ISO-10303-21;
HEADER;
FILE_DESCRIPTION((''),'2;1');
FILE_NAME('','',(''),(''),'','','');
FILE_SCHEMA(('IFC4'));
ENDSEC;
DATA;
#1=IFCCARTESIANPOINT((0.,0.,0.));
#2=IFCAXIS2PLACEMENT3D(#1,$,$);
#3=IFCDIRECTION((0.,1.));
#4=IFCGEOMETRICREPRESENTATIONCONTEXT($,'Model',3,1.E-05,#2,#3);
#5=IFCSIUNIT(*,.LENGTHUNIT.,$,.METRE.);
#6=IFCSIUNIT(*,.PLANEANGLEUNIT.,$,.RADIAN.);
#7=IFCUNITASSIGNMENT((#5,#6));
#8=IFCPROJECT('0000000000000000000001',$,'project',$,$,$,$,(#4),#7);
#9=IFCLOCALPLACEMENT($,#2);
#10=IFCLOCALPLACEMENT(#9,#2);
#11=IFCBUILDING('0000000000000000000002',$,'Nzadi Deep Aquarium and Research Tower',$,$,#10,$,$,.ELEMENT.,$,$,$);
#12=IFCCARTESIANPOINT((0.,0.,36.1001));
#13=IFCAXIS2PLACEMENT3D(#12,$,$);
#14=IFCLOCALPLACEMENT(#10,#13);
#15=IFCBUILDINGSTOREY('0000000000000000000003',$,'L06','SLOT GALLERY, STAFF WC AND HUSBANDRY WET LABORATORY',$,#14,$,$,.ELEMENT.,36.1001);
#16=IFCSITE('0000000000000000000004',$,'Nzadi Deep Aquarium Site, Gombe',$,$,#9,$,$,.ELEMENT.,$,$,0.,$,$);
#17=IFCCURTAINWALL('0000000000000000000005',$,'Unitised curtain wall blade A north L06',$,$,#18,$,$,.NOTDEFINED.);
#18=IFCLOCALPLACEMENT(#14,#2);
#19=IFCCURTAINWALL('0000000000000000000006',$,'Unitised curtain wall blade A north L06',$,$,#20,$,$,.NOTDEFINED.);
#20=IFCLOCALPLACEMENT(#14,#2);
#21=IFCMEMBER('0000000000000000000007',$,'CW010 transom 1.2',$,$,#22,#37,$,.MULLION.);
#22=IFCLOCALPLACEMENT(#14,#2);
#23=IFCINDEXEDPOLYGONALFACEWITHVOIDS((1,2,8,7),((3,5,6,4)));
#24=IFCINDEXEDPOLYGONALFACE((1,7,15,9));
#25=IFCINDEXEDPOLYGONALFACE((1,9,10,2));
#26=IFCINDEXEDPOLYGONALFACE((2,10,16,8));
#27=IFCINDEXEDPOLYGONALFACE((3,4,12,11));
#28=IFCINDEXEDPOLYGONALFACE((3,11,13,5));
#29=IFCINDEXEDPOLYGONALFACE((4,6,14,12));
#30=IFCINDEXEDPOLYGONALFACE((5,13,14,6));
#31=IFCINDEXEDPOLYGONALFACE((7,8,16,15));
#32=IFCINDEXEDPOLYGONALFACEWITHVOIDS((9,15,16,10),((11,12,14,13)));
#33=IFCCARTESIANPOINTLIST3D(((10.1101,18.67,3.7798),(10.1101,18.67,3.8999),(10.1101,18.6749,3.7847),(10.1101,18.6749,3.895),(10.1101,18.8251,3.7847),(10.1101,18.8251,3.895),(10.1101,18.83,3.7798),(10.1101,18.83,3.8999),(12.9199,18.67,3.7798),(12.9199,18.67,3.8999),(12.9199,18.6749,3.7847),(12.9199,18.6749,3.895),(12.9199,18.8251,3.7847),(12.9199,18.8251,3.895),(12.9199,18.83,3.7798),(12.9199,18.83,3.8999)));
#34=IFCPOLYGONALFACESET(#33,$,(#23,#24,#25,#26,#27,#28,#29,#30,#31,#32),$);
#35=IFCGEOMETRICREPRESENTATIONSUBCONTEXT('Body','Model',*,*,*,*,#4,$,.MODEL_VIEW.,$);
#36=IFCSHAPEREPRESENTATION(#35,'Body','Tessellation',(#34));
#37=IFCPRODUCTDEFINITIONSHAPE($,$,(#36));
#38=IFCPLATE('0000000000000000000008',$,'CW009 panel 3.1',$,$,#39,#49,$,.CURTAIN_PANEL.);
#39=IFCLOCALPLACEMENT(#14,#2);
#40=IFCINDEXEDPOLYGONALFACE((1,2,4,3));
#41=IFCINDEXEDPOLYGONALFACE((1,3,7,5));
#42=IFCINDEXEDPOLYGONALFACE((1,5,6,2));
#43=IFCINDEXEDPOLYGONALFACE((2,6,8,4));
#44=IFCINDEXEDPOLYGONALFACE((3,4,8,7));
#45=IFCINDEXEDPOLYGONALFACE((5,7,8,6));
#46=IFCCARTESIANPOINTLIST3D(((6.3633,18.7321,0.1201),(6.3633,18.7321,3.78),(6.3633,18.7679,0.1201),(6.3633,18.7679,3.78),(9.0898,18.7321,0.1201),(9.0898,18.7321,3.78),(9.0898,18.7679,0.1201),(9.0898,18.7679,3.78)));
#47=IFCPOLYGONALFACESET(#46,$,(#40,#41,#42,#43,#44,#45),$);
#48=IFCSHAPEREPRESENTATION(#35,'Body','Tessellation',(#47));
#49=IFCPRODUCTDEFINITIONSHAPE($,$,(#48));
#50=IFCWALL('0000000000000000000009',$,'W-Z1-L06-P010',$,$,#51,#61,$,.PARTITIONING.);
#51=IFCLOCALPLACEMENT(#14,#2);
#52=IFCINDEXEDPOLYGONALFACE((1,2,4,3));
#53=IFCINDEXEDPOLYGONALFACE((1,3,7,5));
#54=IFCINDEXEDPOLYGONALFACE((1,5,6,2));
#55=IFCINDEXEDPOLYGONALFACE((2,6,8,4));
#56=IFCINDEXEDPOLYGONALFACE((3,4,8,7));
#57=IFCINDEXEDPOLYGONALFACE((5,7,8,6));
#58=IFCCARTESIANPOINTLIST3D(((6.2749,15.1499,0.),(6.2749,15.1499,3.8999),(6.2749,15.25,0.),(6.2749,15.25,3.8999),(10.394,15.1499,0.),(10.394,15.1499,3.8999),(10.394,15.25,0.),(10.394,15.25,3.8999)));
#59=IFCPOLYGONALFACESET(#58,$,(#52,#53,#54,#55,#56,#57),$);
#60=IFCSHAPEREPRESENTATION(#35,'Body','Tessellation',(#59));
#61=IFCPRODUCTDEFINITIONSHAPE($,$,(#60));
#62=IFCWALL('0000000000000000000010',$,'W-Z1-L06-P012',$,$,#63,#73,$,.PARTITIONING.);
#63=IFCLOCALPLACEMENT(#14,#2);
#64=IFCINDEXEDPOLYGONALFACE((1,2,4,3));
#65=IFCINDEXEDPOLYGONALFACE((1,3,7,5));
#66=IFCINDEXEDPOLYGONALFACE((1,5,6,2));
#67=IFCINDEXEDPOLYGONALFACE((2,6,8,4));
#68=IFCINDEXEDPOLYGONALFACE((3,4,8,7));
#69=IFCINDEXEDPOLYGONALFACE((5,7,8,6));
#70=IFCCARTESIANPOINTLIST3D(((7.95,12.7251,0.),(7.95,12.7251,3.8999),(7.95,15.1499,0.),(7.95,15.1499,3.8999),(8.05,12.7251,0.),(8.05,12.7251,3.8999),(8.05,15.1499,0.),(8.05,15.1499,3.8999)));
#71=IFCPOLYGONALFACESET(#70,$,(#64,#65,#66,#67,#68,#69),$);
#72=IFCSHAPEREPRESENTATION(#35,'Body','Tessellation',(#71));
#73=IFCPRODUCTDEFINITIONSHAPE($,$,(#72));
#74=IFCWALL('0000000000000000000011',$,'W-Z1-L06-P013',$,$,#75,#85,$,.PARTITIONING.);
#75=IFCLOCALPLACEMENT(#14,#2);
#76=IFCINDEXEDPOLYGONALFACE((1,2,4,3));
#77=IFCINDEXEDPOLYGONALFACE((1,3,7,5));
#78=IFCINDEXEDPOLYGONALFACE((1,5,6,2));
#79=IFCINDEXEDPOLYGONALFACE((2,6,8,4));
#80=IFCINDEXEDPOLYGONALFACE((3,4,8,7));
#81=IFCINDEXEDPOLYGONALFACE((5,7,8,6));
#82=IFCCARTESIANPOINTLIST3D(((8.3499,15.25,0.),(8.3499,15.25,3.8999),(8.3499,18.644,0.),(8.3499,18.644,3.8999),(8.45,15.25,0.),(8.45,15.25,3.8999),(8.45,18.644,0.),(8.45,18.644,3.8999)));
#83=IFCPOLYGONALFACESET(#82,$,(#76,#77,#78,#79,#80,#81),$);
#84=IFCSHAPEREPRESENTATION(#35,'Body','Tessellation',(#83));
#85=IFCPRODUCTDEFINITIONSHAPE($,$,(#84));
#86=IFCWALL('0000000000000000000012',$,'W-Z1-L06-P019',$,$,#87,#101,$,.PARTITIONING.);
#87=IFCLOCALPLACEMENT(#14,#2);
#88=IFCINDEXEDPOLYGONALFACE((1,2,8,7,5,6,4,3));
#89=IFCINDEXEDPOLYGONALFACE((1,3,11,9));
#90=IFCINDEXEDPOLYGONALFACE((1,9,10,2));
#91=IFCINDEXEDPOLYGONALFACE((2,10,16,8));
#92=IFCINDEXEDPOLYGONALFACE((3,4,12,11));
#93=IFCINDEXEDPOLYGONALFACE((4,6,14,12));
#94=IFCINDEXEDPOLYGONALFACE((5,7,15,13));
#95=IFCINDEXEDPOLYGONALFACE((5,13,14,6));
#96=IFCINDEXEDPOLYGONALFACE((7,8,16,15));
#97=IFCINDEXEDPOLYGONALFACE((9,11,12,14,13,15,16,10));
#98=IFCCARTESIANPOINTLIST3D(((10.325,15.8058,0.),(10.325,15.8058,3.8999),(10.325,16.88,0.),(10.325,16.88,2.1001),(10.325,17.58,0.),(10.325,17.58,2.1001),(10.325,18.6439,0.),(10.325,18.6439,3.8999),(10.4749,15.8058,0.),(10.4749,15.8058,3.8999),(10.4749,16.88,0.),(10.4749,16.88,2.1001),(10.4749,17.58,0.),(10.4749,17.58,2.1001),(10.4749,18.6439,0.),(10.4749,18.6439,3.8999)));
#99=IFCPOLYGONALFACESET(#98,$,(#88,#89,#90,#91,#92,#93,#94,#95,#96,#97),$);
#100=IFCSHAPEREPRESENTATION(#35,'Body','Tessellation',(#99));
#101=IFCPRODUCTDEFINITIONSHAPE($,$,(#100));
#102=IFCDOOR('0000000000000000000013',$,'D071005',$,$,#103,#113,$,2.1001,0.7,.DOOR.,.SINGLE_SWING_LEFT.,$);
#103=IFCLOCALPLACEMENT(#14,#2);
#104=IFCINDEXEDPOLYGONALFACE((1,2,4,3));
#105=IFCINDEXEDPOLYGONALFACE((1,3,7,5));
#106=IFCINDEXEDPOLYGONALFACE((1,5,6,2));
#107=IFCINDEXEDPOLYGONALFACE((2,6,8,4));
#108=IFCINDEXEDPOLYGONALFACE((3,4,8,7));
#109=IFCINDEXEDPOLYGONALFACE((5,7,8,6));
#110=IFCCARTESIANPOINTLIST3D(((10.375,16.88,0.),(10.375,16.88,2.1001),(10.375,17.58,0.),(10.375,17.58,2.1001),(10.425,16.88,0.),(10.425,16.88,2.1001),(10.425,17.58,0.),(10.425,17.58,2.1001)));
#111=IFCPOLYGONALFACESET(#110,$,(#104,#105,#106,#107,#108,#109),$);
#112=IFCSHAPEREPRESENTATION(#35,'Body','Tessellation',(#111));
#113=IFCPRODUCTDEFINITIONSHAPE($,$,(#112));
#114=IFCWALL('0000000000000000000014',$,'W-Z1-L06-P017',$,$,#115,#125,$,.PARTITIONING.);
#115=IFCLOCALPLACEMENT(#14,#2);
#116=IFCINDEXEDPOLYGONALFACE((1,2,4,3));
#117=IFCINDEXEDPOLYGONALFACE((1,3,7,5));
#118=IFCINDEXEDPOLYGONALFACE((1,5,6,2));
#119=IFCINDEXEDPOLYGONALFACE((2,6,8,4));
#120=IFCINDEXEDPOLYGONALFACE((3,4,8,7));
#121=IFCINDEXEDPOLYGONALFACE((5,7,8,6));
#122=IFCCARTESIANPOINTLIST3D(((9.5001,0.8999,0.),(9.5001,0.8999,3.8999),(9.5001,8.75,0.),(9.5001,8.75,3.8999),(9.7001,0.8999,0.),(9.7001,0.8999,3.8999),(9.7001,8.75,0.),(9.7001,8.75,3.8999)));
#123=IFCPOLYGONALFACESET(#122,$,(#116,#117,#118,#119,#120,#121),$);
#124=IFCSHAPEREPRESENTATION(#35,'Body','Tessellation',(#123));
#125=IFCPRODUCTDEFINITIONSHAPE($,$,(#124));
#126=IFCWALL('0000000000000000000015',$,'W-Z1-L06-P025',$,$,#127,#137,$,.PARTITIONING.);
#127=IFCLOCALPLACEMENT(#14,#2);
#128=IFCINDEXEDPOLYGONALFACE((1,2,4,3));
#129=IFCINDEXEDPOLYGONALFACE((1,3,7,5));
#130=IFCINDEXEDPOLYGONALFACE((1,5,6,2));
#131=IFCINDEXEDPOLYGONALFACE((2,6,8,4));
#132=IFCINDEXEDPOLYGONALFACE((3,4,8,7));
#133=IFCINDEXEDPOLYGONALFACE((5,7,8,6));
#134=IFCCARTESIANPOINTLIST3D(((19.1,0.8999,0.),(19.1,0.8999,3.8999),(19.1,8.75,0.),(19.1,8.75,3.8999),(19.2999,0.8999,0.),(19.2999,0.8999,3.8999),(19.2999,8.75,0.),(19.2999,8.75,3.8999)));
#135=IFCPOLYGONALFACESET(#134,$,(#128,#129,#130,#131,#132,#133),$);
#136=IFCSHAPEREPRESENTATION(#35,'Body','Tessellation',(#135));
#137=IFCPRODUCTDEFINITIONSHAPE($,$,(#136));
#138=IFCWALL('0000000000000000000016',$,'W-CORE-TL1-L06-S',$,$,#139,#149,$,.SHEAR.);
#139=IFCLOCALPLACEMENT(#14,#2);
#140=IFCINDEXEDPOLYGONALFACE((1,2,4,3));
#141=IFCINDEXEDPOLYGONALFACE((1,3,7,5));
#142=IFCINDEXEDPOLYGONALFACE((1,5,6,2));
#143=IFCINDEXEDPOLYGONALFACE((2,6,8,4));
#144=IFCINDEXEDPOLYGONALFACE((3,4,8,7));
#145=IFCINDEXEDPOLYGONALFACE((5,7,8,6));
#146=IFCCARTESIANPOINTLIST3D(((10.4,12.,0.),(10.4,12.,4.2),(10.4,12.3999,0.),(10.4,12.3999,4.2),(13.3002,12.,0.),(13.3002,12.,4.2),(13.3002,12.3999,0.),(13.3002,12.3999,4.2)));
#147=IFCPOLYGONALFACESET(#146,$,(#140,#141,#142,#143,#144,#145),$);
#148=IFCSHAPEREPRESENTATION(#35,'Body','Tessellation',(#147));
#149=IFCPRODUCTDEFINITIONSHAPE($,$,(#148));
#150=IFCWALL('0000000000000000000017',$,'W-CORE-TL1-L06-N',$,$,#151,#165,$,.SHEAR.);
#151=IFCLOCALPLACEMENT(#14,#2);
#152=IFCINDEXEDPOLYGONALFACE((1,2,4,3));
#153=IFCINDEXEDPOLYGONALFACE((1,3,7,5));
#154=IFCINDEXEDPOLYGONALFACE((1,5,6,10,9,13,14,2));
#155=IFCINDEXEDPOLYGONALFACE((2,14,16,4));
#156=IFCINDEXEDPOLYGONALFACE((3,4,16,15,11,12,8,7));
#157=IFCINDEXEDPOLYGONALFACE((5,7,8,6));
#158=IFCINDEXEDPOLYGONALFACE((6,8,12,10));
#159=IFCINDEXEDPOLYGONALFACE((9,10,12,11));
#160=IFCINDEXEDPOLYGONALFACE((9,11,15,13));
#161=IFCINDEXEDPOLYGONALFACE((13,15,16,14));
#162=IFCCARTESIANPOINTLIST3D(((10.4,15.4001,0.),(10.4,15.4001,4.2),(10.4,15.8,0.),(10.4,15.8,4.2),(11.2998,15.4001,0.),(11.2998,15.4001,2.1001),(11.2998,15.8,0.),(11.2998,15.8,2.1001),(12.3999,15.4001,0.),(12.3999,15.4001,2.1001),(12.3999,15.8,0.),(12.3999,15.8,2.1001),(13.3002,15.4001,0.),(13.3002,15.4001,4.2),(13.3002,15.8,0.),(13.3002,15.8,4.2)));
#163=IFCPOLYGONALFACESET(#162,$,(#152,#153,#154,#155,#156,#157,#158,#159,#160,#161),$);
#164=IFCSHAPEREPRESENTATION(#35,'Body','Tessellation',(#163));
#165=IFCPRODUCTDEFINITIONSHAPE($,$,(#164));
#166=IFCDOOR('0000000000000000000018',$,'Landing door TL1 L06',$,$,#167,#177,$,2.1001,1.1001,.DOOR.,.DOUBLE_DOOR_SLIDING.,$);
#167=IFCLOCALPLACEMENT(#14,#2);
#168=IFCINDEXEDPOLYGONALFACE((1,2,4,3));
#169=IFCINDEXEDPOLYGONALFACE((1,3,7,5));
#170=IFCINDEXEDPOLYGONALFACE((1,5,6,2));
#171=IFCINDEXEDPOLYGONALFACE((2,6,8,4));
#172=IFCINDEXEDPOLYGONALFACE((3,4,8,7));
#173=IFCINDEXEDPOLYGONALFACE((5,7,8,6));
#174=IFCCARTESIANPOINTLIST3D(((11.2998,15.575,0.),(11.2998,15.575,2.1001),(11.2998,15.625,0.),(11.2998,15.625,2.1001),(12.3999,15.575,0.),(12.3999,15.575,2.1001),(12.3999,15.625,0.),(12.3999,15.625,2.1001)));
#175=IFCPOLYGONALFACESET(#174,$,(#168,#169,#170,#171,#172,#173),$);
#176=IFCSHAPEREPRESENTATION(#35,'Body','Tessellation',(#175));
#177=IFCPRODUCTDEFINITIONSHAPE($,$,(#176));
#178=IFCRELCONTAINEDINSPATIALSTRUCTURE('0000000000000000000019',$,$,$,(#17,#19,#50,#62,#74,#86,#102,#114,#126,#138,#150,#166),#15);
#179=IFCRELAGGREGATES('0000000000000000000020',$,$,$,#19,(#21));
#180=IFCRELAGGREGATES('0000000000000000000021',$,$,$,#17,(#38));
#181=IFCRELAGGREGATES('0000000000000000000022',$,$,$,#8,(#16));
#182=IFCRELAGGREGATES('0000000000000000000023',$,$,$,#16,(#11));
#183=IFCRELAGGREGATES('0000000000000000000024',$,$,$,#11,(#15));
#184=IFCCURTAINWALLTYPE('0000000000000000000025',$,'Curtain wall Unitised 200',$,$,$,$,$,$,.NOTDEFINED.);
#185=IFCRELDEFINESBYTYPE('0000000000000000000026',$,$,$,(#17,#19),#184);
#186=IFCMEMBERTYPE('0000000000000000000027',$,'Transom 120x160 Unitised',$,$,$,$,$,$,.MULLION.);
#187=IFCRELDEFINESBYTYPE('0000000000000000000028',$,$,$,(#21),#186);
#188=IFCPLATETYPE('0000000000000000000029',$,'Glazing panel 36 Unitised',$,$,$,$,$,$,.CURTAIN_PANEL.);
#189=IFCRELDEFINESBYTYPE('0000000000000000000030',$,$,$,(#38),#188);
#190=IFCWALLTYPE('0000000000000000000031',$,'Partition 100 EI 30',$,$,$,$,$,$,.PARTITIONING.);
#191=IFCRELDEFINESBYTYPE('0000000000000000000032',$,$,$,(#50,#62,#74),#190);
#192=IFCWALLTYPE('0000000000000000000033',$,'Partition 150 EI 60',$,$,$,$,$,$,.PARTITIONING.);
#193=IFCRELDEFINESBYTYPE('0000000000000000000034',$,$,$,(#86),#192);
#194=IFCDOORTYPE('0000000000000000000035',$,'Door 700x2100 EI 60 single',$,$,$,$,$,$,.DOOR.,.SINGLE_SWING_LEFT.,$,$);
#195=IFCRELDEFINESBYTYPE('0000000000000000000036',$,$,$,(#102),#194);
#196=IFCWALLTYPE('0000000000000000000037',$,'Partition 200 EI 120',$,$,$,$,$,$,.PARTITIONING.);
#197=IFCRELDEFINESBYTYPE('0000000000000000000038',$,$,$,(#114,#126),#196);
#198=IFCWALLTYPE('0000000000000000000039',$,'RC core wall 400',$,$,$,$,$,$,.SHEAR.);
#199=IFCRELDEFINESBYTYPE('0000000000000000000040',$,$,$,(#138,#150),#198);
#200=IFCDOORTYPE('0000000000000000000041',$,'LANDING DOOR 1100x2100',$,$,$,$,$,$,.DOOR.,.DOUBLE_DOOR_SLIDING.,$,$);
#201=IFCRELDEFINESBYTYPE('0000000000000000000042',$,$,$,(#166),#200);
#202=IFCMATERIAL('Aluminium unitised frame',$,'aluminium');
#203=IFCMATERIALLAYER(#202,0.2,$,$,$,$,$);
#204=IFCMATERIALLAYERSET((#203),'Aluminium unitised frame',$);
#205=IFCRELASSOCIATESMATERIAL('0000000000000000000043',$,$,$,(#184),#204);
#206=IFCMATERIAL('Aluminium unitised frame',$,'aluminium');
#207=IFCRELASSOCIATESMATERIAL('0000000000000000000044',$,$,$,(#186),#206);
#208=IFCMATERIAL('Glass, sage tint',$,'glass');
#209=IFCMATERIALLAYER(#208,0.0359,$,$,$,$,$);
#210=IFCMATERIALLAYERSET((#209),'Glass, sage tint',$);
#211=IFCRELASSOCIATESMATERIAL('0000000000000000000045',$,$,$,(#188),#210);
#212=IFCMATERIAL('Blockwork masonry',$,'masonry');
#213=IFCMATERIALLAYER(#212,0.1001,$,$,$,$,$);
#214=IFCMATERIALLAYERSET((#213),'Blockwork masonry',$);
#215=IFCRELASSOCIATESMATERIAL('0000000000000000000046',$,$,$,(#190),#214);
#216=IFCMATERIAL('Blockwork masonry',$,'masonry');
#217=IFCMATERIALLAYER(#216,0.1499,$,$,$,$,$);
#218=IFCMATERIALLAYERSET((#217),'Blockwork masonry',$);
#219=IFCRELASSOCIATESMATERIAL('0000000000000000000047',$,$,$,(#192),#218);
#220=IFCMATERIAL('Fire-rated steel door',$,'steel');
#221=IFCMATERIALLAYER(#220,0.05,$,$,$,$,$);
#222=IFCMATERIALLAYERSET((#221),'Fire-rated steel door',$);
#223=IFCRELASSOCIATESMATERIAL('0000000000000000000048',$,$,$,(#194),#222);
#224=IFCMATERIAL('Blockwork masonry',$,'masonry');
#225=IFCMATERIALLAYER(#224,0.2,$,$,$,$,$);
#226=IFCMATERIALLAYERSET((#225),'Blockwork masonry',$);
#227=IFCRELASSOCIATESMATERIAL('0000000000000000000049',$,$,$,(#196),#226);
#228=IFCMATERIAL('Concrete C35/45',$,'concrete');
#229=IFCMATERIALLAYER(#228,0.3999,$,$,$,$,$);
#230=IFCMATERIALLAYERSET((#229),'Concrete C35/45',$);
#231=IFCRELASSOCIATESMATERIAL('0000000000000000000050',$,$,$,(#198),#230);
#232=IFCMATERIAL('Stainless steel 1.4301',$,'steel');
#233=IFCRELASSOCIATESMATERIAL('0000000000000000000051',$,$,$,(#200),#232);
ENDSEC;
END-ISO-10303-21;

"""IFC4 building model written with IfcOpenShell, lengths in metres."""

from ifc_helpers import new_model, si_unit, direction, frame, frame_2d, origin, origin_2d, place, context, subcontext, project, spatial, rectangle, hollow_rectangle, extrude, material, layer, layer_set, material_profile, profile_set, type_object, element, fill, aggregate, save


model = new_model("IFC4")

# Units and contexts
model_context = context("Model", 3, precision=1e-05, world=origin(), true_north=direction((0.0, 1.0)))
body_context = subcontext(model_context, "Body", "Model", "MODEL_VIEW")
ifc_project = project(units=[si_unit("LENGTHUNIT", "METRE"), si_unit("PLANEANGLEUNIT", "RADIAN")], contexts=[model_context])

# Site, building, storey
site_placement = place(None, origin())
site = spatial("IfcSite", under=ifc_project, at=site_placement, Name="Nzadi Deep Aquarium Site, Gombe", CompositionType="ELEMENT", RefElevation=0.0)
building_placement = place(site_placement, origin())
building = spatial("IfcBuilding", under=site, at=building_placement, Name="Nzadi Deep Aquarium and Research Tower", CompositionType="ELEMENT")
storey_placement = place(building_placement, frame((0.0, 0.0, 36.1001)))
storey = spatial("IfcBuildingStorey", under=building, at=storey_placement, Name="L06", Description="SLOT GALLERY, STAFF WC AND HUSBANDRY WET LABORATORY", CompositionType="ELEMENT", Elevation=36.1001)

# Curtain wall
ifc_material_1 = material(Name="Aluminium unitised frame", Category="aluminium")
ifc_layer_1 = layer(ifc_material_1, 0.2)
ifc_layer_set_1 = layer_set([ifc_layer_1], Name="Aluminium unitised frame")
curtain_wall_type = type_object("IfcCurtainWallType", Name="Curtain wall Unitised 200", PredefinedType="NOTDEFINED", material=ifc_layer_set_1)
curtain_wall_1_placement = place(storey_placement, origin())
curtain_wall_1 = element("IfcCurtainWall", 1, at=curtain_wall_1_placement, inside=storey, type_object=curtain_wall_type, Name="Unitised curtain wall blade A north L06", PredefinedType="NOTDEFINED")

# Curtain wall
curtain_wall_2_placement = place(storey_placement, origin())
curtain_wall_2 = element("IfcCurtainWall", 2, at=curtain_wall_2_placement, inside=storey, type_object=curtain_wall_type, Name="Unitised curtain wall blade A north L06", PredefinedType="NOTDEFINED")

# Member
ifc_material_2 = material(Name="Aluminium unitised frame", Category="aluminium")
ifc_material_profile_1 = material_profile(ifc_material_2, hollow_rectangle(XDim=0.1599, YDim=0.1201, WallThickness=0.0049, at=origin_2d()))
ifc_profile_set_1 = profile_set([ifc_material_profile_1], Name="Aluminium unitised frame")
member_type_1 = type_object("IfcMemberType", Name="Transom 120x160 Unitised", PredefinedType="MULLION", material=ifc_profile_set_1)
member_1_placement = place(storey_placement, frame((10.1101, 18.75, 3.8398), z_axis=(1.0, 0.0, 0.0), x_axis=(0.0, 1.0, 0.0)))
member_1 = element("IfcMember", 3, at=member_1_placement, type_object=member_type_1, Name="CW010 transom 1.2", PredefinedType="MULLION", context=body_context, shape_type="SweptSolid", body=[
    extrude(hollow_rectangle(XDim=0.1599, YDim=0.1201, WallThickness=0.0049, at=origin_2d()), origin(), (0.0, 0.0, 1.0), 2.8098),
])
aggregate(curtain_wall_2, [member_1])

# Plate
ifc_material_3 = material(Name="Glass, sage tint", Category="glass")
ifc_layer_2 = layer(ifc_material_3, 0.0359)
ifc_layer_set_2 = layer_set([ifc_layer_2], Name="Glass, sage tint")
plate_type = type_object("IfcPlateType", Name="Glazing panel 36 Unitised", PredefinedType="CURTAIN_PANEL", material=ifc_layer_set_2)
plate_placement = place(storey_placement, frame((7.7266, 18.75, 0.1201), z_axis=(0.0, 0.0, 1.0), x_axis=(1.0, 0.0, 0.0)))
plate = element("IfcPlate", 4, at=plate_placement, type_object=plate_type, Name="CW009 panel 3.1", PredefinedType="CURTAIN_PANEL", context=body_context, shape_type="SweptSolid", body=[
    extrude(rectangle(XDim=2.7266, YDim=0.0359, at=origin_2d()), origin(), (0.0, 0.0, 1.0), 3.6599),
])
aggregate(curtain_wall_1, [plate])

# Walls
ifc_material_4 = material(Name="Blockwork masonry", Category="masonry")
ifc_layer_3 = layer(ifc_material_4, 0.1001)
ifc_layer_set_3 = layer_set([ifc_layer_3], Name="Blockwork masonry")
wall_type_1 = type_object("IfcWallType", Name="Partition 100 EI 30", PredefinedType="PARTITIONING", material=ifc_layer_set_3)
wall_1_placement = place(storey_placement, frame((6.2749, 15.2, 0.0), z_axis=(0.0, 0.0, 1.0), x_axis=(1.0, 0.0, 0.0)))
element("IfcWall", 5, at=wall_1_placement, inside=storey, type_object=wall_type_1, Name="W-Z1-L06-P010", PredefinedType="PARTITIONING", context=body_context, shape_type="SweptSolid", body=[
    extrude(rectangle(XDim=4.1191, YDim=0.1001, at=frame_2d((2.0596, 0.0))), origin(), (0.0, 0.0, 1.0), 3.8999),
])
wall_2_placement = place(storey_placement, frame((8.0, 12.7251, 0.0), z_axis=(0.0, 0.0, 1.0), x_axis=(0.0, 1.0, 0.0)))
element("IfcWall", 6, at=wall_2_placement, inside=storey, type_object=wall_type_1, Name="W-Z1-L06-P012", PredefinedType="PARTITIONING", context=body_context, shape_type="SweptSolid", body=[
    extrude(rectangle(XDim=2.4248, YDim=0.1001, at=frame_2d((1.2124, 0.0))), origin(), (0.0, 0.0, 1.0), 3.8999),
])
wall_3_placement = place(storey_placement, frame((8.3999, 15.25, 0.0), z_axis=(0.0, 0.0, 1.0), x_axis=(0.0, 1.0, 0.0)))
element("IfcWall", 7, at=wall_3_placement, inside=storey, type_object=wall_type_1, Name="W-Z1-L06-P013", PredefinedType="PARTITIONING", context=body_context, shape_type="SweptSolid", body=[
    extrude(rectangle(XDim=3.394, YDim=0.1001, at=frame_2d((1.697, 0.0))), origin(), (0.0, 0.0, 1.0), 3.8999),
])

# Wall, opening, door
ifc_material_5 = material(Name="Blockwork masonry", Category="masonry")
ifc_layer_4 = layer(ifc_material_5, 0.1499)
ifc_layer_set_4 = layer_set([ifc_layer_4], Name="Blockwork masonry")
wall_type_2 = type_object("IfcWallType", Name="Partition 150 EI 60", PredefinedType="PARTITIONING", material=ifc_layer_set_4)
wall_4_placement = place(storey_placement, frame((10.3999, 15.8059, 0.0), z_axis=(0.0, 0.0, 1.0), x_axis=(0.0, 1.0, 0.0)))
wall_4 = element("IfcWall", 8, at=wall_4_placement, inside=storey, type_object=wall_type_2, Name="W-Z1-L06-P019", PredefinedType="PARTITIONING", context=body_context, shape_type="SweptSolid", body=[
    extrude(rectangle(XDim=2.8381, YDim=0.1499, at=frame_2d((1.4189, 0.0))), origin(), (0.0, 0.0, 1.0), 3.8999),
])
opening_1_placement = place(wall_4_placement, frame((1.074, 0.0, 0.0)))
opening_1 = element("IfcOpeningElement", 9, at=opening_1_placement, cuts=wall_4, PredefinedType="OPENING", context=body_context, shape_type="SweptSolid", body=[
    extrude(rectangle(XDim=0.7, YDim=2.1001, at=frame_2d((0.3501, 1.05))), frame((0.0, 0.085, 0.0), z_axis=(0.0, -1.0, 0.0), x_axis=(1.0, 0.0, 0.0)), (0.0, 0.0, 1.0), 0.1699),
])
ifc_material_6 = material(Name="Fire-rated steel door", Category="steel")
ifc_layer_5 = layer(ifc_material_6, 0.05)
ifc_layer_set_5 = layer_set([ifc_layer_5], Name="Fire-rated steel door")
door_type_1 = type_object("IfcDoorType", Name="Door 700x2100 EI 60 single", OperationType="SINGLE_SWING_LEFT", PredefinedType="DOOR", material=ifc_layer_set_5)
door_1_placement = place(opening_1_placement, origin())
door_1 = element("IfcDoor", 10, at=door_1_placement, inside=storey, type_object=door_type_1, Name="D071005", OperationType="SINGLE_SWING_LEFT", OverallHeight=2.1001, OverallWidth=0.7, PredefinedType="DOOR", context=body_context, shape_type="SweptSolid", body=[
    extrude(rectangle(XDim=0.7, YDim=2.1001, at=frame_2d((0.3501, 1.05))), frame((0.0, 0.0249, 0.0), z_axis=(0.0, -1.0, 0.0), x_axis=(1.0, 0.0, 0.0)), (0.0, 0.0, 1.0), 0.05),
])
fill(opening_1, door_1)

# Walls
ifc_material_7 = material(Name="Blockwork masonry", Category="masonry")
ifc_layer_6 = layer(ifc_material_7, 0.2)
ifc_layer_set_6 = layer_set([ifc_layer_6], Name="Blockwork masonry")
wall_type_3 = type_object("IfcWallType", Name="Partition 200 EI 120", PredefinedType="PARTITIONING", material=ifc_layer_set_6)
for number, where, z_axis, x_axis, name in (
    (11, (9.6001, 0.8999, 0.0), (0.0, 0.0, 1.0), (0.0, 1.0, 0.0), "W-Z1-L06-P017"),
    (12, (19.2, 0.8999, 0.0), (0.0, 0.0, 1.0), (0.0, 1.0, 0.0), "W-Z1-L06-P025"),
):
    element("IfcWall", number, at=place(storey_placement, frame(where, z_axis=z_axis, x_axis=x_axis)), inside=storey, type_object=wall_type_3, Name=name, PredefinedType="PARTITIONING", context=body_context, shape_type="SweptSolid", body=[
        extrude(rectangle(XDim=7.8501, YDim=0.2, at=frame_2d((3.925, 0.0))), origin(), (0.0, 0.0, 1.0), 3.8999),
    ])
ifc_material_8 = material(Name="Concrete C35/45", Category="concrete")
ifc_layer_7 = layer(ifc_material_8, 0.3999)
ifc_layer_set_7 = layer_set([ifc_layer_7], Name="Concrete C35/45")
wall_type_4 = type_object("IfcWallType", Name="RC core wall 400", PredefinedType="SHEAR", material=ifc_layer_set_7)
wall_5_placement = place(storey_placement, frame((10.3999, 12.2, 0.0), z_axis=(0.0, 0.0, 1.0), x_axis=(1.0, 0.0, 0.0)))
element("IfcWall", 13, at=wall_5_placement, inside=storey, type_object=wall_type_4, Name="W-CORE-TL1-L06-S", PredefinedType="SHEAR", context=body_context, shape_type="SweptSolid", body=[
    extrude(rectangle(XDim=2.9001, YDim=0.3999, at=frame_2d((1.4502, 0.0))), origin(), (0.0, 0.0, 1.0), 4.2),
])

# Wall, opening, door
wall_6_placement = place(storey_placement, frame((10.3999, 15.6001, 0.0), z_axis=(0.0, 0.0, 1.0), x_axis=(1.0, 0.0, 0.0)))
wall_6 = element("IfcWall", 14, at=wall_6_placement, inside=storey, type_object=wall_type_4, Name="W-CORE-TL1-L06-N", PredefinedType="SHEAR", context=body_context, shape_type="SweptSolid", body=[
    extrude(rectangle(XDim=2.9001, YDim=0.3999, at=frame_2d((1.4502, 0.0))), origin(), (0.0, 0.0, 1.0), 4.2),
])
opening_2_placement = place(wall_6_placement, frame((0.8999, 0.0, 0.0)))
opening_2 = element("IfcOpeningElement", 15, at=opening_2_placement, cuts=wall_6, PredefinedType="OPENING", context=body_context, shape_type="SweptSolid", body=[
    extrude(rectangle(XDim=1.1001, YDim=2.1001, at=frame_2d((0.55, 1.05))), frame((0.0, 0.21, 0.0), z_axis=(0.0, -1.0, 0.0), x_axis=(1.0, 0.0, 0.0)), (0.0, 0.0, 1.0), 0.4199),
])
ifc_material_9 = material(Name="Stainless steel 1.4301", Category="steel")
door_type_2 = type_object("IfcDoorType", Name="LANDING DOOR 1100x2100", OperationType="DOUBLE_DOOR_SLIDING", PredefinedType="DOOR", material=ifc_material_9)
door_2_placement = place(opening_2_placement, origin())
door_2 = element("IfcDoor", 16, at=door_2_placement, inside=storey, type_object=door_type_2, Name="Landing door TL1 L06", OperationType="DOUBLE_DOOR_SLIDING", OverallHeight=2.1001, OverallWidth=1.1001, PredefinedType="DOOR", context=body_context, shape_type="SweptSolid", body=[
    extrude(rectangle(XDim=1.1001, YDim=2.1001, at=frame_2d((0.55, 1.05))), frame((0.0, 0.0249, 0.0), z_axis=(0.0, -1.0, 0.0), x_axis=(1.0, 0.0, 0.0)), (0.0, 0.0, 1.0), 0.05),
])
fill(opening_2, door_2)

save(model, "model.ifc")
